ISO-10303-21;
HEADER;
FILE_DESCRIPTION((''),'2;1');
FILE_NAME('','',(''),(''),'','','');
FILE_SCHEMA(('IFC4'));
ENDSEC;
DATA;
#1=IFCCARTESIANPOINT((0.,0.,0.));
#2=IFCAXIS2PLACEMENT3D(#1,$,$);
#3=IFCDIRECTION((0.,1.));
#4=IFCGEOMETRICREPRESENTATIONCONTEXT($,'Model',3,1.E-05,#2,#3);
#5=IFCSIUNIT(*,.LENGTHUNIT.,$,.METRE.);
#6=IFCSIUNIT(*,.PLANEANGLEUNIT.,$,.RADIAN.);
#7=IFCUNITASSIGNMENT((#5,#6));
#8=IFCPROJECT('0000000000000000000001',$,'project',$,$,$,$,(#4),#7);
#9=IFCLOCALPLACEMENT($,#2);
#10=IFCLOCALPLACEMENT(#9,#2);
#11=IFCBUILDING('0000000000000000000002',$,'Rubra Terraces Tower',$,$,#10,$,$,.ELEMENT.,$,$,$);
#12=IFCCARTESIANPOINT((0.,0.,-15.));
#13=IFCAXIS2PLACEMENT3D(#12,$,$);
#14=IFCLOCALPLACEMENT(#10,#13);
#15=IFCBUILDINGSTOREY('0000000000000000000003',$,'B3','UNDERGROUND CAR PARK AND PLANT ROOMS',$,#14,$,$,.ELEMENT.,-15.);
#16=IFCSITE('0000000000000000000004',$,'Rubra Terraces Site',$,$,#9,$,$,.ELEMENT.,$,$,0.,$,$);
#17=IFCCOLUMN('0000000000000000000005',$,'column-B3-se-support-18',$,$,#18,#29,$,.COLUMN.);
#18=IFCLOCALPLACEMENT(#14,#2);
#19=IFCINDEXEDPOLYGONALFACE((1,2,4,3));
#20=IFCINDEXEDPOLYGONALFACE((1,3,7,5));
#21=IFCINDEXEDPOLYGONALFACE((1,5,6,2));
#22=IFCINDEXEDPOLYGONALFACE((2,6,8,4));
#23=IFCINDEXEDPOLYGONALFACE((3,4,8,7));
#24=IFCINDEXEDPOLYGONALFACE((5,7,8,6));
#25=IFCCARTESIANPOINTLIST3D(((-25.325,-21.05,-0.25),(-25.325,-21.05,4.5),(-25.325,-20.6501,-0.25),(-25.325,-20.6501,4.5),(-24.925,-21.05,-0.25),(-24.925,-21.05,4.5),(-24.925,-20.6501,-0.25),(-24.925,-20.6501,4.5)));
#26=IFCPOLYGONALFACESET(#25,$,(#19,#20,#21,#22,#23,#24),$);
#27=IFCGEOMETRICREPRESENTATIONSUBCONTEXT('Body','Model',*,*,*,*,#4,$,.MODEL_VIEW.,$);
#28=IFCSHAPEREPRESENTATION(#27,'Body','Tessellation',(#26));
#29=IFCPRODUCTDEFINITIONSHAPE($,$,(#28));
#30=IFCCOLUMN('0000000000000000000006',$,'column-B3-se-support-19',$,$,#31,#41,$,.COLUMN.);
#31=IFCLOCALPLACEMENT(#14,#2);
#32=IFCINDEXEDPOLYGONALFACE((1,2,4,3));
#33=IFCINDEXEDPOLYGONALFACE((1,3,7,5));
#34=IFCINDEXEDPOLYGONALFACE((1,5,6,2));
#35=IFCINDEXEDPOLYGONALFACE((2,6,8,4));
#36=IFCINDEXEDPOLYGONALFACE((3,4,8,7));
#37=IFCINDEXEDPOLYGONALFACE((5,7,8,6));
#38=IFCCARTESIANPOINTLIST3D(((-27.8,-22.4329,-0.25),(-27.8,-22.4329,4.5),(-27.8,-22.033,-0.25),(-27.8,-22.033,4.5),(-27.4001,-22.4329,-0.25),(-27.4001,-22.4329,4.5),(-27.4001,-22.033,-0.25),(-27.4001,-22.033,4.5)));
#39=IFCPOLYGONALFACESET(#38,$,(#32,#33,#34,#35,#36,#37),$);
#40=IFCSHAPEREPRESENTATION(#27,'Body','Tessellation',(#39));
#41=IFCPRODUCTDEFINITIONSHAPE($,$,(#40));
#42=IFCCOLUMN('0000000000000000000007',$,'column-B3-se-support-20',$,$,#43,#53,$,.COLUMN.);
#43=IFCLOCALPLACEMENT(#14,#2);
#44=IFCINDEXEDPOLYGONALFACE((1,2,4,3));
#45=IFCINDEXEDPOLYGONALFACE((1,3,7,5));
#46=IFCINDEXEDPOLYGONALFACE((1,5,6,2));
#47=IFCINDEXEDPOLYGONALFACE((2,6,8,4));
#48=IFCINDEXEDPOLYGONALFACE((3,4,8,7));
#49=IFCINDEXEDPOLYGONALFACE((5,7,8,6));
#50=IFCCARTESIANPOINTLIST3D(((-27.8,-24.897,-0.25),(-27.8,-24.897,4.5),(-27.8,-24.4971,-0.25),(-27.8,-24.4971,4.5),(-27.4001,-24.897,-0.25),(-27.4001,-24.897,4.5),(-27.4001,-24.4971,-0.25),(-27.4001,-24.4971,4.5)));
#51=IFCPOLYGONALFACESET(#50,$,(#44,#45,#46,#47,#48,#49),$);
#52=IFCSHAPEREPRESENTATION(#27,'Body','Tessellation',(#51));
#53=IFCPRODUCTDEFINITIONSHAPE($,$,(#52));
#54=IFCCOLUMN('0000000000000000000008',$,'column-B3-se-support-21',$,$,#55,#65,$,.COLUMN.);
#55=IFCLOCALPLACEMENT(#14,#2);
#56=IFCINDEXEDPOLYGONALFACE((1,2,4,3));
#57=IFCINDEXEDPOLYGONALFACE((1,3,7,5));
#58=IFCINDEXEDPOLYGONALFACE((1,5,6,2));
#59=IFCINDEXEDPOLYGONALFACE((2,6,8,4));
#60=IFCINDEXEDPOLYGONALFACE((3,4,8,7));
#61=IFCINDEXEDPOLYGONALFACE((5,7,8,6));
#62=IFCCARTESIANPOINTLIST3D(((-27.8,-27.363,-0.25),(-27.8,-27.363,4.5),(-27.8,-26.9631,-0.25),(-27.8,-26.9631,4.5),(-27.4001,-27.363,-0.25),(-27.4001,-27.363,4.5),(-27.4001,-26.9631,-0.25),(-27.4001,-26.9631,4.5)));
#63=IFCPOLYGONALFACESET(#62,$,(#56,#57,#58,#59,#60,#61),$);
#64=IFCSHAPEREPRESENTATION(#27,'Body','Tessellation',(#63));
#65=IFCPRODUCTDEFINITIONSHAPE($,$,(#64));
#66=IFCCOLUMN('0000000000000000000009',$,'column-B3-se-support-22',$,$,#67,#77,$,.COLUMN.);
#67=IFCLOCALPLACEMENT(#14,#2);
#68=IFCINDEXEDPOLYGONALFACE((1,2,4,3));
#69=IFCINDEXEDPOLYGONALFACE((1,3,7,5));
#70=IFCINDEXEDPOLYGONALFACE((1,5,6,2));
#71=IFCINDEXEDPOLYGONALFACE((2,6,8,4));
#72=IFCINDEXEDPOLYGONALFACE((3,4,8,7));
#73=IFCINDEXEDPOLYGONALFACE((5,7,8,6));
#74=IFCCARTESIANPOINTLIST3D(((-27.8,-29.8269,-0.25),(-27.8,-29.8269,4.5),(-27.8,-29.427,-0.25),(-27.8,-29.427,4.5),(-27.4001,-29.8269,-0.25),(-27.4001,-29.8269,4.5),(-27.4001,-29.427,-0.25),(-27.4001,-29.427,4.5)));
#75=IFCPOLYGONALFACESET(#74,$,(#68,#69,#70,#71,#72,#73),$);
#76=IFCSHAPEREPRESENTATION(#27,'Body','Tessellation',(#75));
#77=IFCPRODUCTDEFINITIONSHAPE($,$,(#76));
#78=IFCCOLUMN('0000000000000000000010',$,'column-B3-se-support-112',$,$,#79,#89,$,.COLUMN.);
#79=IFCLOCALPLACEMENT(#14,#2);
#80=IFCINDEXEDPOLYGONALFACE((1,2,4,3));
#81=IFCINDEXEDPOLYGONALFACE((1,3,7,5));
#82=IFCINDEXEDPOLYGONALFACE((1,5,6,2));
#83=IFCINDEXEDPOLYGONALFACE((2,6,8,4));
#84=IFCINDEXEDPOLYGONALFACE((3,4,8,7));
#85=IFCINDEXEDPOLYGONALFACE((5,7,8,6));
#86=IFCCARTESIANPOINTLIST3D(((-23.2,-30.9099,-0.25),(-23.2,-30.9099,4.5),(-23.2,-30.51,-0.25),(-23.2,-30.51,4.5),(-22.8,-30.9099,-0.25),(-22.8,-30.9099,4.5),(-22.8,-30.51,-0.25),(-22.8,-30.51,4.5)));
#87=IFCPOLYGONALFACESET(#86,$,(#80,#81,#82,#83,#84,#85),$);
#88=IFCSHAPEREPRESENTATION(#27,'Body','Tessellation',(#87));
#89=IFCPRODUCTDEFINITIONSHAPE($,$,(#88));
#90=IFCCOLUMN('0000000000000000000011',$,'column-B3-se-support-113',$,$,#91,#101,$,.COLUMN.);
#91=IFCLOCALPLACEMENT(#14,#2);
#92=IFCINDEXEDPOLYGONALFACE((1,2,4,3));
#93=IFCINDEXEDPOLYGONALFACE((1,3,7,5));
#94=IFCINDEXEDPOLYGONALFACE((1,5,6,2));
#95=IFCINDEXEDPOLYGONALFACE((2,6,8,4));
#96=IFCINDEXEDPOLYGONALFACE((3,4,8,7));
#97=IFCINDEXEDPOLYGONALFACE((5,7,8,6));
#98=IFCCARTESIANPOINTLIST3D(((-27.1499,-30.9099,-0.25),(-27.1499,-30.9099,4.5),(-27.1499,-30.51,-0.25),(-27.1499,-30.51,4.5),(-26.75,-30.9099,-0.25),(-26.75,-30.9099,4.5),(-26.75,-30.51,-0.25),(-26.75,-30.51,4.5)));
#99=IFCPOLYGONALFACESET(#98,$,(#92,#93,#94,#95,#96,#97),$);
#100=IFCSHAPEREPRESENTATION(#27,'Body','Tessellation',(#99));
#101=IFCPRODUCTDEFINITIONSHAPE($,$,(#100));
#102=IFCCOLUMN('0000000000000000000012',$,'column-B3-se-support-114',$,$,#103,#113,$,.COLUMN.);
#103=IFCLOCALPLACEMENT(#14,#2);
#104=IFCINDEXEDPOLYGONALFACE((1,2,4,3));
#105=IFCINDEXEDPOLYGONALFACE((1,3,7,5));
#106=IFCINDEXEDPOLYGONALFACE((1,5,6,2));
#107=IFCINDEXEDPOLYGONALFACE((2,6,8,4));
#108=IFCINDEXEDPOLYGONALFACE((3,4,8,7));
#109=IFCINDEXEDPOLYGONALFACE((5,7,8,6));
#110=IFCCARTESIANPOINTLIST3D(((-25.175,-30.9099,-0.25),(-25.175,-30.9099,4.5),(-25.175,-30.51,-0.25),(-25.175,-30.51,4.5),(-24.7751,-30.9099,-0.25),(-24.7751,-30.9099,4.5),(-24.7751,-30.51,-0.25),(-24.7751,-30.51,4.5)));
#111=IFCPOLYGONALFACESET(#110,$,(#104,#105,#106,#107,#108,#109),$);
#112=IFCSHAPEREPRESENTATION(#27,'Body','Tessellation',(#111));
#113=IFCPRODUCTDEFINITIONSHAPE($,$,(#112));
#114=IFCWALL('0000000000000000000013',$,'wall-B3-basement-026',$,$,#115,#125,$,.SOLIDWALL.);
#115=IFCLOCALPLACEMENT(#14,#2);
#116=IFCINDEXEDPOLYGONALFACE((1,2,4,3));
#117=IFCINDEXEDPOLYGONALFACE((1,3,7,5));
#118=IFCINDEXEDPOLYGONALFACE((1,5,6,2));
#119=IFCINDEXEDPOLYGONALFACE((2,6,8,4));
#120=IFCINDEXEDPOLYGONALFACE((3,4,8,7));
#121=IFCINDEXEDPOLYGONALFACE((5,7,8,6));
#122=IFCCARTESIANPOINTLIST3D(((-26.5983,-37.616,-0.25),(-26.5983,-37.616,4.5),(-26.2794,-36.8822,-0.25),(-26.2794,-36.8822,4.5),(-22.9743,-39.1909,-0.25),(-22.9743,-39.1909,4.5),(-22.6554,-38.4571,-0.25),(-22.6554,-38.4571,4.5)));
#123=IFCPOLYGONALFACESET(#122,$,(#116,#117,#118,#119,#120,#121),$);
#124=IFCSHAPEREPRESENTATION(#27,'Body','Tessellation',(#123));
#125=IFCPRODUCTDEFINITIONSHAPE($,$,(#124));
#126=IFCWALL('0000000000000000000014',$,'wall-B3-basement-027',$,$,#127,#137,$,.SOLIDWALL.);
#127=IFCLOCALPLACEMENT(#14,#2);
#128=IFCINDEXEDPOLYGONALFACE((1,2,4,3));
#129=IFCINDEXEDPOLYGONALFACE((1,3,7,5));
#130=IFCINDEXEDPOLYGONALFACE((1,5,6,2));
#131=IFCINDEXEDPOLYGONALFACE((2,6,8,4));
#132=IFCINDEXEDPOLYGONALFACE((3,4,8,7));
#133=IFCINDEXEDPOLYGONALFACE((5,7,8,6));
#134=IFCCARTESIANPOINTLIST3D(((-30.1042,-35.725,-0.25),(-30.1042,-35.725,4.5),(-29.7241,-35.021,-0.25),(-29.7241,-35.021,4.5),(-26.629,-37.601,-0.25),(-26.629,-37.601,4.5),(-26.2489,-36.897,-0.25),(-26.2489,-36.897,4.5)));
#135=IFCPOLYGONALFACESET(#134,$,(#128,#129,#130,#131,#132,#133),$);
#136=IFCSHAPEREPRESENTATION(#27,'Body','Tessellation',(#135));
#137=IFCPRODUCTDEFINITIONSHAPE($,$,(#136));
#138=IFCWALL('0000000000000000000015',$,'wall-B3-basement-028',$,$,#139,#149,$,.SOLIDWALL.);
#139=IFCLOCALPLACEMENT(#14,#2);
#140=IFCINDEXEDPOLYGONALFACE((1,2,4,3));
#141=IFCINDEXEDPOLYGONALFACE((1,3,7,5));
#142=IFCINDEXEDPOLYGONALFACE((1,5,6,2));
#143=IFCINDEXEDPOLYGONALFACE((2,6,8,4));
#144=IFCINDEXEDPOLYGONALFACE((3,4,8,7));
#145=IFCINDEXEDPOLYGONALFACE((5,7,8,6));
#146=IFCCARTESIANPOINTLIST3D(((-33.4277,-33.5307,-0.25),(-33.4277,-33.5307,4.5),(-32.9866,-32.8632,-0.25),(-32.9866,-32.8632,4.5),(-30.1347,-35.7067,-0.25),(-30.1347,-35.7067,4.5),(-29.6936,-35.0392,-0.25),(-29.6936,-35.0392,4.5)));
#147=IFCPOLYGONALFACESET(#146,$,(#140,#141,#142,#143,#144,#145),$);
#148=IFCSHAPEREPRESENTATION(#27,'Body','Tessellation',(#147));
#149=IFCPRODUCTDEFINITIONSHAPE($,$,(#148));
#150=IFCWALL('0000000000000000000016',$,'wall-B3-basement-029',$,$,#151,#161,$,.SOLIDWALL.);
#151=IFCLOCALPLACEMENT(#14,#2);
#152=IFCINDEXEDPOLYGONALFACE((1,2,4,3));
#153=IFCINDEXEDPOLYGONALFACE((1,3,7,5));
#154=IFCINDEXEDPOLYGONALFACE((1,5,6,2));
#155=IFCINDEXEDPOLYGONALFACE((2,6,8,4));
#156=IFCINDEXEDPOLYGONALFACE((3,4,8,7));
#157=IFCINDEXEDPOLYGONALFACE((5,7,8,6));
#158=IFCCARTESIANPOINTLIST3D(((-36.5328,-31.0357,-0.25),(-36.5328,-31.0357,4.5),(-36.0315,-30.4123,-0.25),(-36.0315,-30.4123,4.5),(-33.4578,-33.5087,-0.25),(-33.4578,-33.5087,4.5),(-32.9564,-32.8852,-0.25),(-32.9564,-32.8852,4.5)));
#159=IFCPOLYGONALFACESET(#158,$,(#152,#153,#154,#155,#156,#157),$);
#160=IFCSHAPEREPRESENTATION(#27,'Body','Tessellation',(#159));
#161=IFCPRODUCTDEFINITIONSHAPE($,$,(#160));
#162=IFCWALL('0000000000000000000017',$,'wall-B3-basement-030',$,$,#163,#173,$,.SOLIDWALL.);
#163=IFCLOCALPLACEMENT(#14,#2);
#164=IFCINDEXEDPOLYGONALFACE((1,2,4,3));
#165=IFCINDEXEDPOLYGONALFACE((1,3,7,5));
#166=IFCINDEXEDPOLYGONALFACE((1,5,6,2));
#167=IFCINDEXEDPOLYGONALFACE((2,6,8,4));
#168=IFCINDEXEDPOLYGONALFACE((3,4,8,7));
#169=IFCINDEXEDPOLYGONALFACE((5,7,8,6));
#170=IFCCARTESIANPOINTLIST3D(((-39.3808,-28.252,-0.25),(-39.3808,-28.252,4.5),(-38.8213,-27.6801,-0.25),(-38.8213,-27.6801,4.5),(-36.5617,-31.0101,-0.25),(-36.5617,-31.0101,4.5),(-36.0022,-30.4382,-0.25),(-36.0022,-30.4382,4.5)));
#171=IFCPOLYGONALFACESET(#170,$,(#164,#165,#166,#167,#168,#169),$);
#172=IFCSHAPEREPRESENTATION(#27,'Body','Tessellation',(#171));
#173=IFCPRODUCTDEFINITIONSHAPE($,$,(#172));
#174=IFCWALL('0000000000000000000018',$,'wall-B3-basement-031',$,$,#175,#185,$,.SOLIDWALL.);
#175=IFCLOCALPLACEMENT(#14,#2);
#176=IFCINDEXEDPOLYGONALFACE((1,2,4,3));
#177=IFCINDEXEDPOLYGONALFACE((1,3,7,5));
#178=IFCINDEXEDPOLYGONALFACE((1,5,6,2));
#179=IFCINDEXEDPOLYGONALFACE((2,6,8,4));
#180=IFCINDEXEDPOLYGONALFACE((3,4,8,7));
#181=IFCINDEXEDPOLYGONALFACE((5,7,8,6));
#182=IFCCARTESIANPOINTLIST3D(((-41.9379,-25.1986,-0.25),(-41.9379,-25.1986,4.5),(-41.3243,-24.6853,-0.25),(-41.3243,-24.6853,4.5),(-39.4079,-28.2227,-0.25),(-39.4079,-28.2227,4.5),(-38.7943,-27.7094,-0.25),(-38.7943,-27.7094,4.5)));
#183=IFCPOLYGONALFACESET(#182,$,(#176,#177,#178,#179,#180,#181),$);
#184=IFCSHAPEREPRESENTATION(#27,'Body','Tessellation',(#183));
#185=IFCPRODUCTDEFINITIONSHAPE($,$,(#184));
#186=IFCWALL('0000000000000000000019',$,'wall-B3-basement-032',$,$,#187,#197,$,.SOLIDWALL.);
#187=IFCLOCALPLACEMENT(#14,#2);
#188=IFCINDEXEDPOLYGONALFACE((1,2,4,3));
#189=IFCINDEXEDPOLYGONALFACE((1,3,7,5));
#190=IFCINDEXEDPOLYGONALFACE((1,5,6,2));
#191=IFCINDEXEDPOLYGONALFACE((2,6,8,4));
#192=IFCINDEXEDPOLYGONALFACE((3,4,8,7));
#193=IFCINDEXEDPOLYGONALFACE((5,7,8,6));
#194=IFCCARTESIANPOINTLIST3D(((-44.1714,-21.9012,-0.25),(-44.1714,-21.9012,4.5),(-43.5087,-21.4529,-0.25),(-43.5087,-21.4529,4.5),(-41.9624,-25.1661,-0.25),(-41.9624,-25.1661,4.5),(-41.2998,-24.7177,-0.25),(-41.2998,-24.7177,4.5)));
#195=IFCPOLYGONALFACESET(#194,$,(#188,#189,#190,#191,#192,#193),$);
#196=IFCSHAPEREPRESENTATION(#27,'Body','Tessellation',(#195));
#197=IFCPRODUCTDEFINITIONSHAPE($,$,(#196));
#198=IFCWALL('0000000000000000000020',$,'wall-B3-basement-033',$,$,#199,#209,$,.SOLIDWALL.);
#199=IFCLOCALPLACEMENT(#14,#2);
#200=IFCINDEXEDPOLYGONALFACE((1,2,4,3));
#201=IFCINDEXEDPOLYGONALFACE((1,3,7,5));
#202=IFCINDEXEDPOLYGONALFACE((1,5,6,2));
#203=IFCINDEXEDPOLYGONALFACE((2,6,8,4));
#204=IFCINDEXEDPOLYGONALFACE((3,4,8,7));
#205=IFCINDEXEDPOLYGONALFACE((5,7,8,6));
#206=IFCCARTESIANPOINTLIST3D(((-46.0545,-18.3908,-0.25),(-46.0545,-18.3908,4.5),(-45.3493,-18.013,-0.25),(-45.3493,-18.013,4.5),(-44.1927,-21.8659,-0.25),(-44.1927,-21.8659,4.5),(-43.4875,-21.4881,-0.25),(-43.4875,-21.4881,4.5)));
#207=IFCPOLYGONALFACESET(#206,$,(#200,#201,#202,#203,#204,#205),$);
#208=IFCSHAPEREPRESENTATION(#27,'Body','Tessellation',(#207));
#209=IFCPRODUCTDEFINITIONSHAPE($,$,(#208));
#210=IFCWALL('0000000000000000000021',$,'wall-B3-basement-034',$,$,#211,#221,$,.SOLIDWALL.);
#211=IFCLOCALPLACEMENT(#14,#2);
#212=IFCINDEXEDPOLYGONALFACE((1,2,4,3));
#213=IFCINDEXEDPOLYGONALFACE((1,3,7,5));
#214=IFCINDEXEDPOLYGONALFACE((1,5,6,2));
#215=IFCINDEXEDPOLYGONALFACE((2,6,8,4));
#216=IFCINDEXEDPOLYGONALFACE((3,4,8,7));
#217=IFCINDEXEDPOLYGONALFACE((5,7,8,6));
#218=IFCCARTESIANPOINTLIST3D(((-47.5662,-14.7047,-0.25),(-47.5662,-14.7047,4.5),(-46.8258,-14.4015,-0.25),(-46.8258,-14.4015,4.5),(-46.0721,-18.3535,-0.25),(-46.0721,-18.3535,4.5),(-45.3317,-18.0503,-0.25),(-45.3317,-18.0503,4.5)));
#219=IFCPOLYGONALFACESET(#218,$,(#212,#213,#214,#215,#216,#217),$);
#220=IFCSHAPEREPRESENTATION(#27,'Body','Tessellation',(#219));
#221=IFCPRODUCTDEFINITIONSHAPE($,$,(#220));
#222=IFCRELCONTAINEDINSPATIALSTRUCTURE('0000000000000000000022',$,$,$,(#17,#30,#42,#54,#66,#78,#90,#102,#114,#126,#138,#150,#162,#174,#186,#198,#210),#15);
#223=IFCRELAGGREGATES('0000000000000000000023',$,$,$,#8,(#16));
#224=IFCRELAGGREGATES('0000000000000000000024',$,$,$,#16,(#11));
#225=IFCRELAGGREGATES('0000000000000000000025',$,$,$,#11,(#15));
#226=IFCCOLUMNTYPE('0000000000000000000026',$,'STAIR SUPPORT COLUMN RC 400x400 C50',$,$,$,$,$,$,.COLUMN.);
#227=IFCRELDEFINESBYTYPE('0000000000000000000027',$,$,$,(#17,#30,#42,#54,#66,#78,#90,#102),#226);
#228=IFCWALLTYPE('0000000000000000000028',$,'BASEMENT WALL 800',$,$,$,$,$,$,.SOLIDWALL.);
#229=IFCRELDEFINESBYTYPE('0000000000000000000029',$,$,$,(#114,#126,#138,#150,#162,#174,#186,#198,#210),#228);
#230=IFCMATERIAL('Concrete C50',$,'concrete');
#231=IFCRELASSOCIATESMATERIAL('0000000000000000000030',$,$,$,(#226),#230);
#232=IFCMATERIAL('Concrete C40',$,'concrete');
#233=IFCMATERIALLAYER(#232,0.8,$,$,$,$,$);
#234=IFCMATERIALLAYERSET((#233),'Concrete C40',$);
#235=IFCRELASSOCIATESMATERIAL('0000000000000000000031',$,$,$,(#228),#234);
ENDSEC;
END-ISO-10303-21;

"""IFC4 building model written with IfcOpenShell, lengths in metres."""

from ifc_helpers import new_model, si_unit, direction, frame, frame_2d, origin, origin_2d, place, context, subcontext, project, spatial, rectangle, extrude, material, layer, layer_set, material_profile, profile_set, type_object, element, save


model = new_model("IFC4")

# Units and contexts
model_context = context("Model", 3, precision=1e-05, world=origin(), true_north=direction((0.0, 1.0)))
body_context = subcontext(model_context, "Body", "Model", "MODEL_VIEW")
ifc_project = project(units=[si_unit("LENGTHUNIT", "METRE"), si_unit("PLANEANGLEUNIT", "RADIAN")], contexts=[model_context])

# Site, building, storey
site_placement = place(None, origin())
site = spatial("IfcSite", under=ifc_project, at=site_placement, Name="Rubra Terraces Site", CompositionType="ELEMENT", RefElevation=0.0)
building_placement = place(site_placement, origin())
building = spatial("IfcBuilding", under=site, at=building_placement, Name="Rubra Terraces Tower", CompositionType="ELEMENT")
storey_placement = place(building_placement, frame((0.0, 0.0, -15.0)))
storey = spatial("IfcBuildingStorey", under=building, at=storey_placement, Name="B3", Description="UNDERGROUND CAR PARK AND PLANT ROOMS", CompositionType="ELEMENT", Elevation=-15.0)

# Shared definitions
ifc_material_1 = material(Name="Concrete C40", Category="concrete")

# Columns
ifc_material_2 = material(Name="Concrete C50", Category="concrete")
ifc_material_profile_1 = material_profile(ifc_material_2, rectangle(XDim=0.3999, YDim=0.3999, at=origin_2d()), Name="RC 400x400")
ifc_profile_set_1 = profile_set([ifc_material_profile_1], Name="Concrete C50")
column_type_1 = type_object("IfcColumnType", Name="STAIR SUPPORT COLUMN RC 400x400 C50", PredefinedType="COLUMN", material=ifc_profile_set_1)
for number, where, z_axis, x_axis, name in (
    (1, (-25.125, -20.8501, -0.25), (0.0, 0.0, 1.0), (1.0, 0.0, 0.0), "column-B3-se-support-18"),
    (2, (-27.6001, -22.2329, -0.25), (0.0, 0.0, 1.0), (1.0, 0.0, 0.0), "column-B3-se-support-19"),
    (3, (-27.6001, -24.697, -0.25), (0.0, 0.0, 1.0), (1.0, 0.0, 0.0), "column-B3-se-support-20"),
    (4, (-27.6001, -27.1631, -0.25), (0.0, 0.0, 1.0), (1.0, 0.0, 0.0), "column-B3-se-support-21"),
    (5, (-27.6001, -29.627, -0.25), (0.0, 0.0, 1.0), (1.0, 0.0, 0.0), "column-B3-se-support-22"),
    (6, (-23.0, -30.71, -0.25), (0.0, 0.0, 1.0), (1.0, 0.0, 0.0), "column-B3-se-support-112"),
    (7, (-26.95, -30.71, -0.25), (0.0, 0.0, 1.0), (1.0, 0.0, 0.0), "column-B3-se-support-113"),
    (8, (-24.9751, -30.71, -0.25), (0.0, 0.0, 1.0), (1.0, 0.0, 0.0), "column-B3-se-support-114"),
):
    element("IfcColumn", number, at=place(storey_placement, frame(where, z_axis=z_axis, x_axis=x_axis)), inside=storey, type_object=column_type_1, Name=name, PredefinedType="COLUMN", context=body_context, shape_type="SweptSolid", body=[
        extrude(rectangle(XDim=0.3999, YDim=0.3999, at=origin_2d()), origin(), (0.0, 0.0, 1.0), 4.75),
    ])

# Walls
ifc_layer = layer(ifc_material_1, 0.8)
ifc_layer_set = layer_set([ifc_layer], Name="Concrete C40")
wall_type = type_object("IfcWallType", Name="BASEMENT WALL 800", PredefinedType="SOLIDWALL", material=ifc_layer_set)
wall_1_placement = place(storey_placement, frame((-22.8149, -38.824, -0.25), z_axis=(0.0, 0.0, 1.0), x_axis=(-0.917136, 0.398575, 0.0)))
element("IfcWall", 9, at=wall_1_placement, inside=storey, type_object=wall_type, Name="wall-B3-basement-026", PredefinedType="SOLIDWALL", context=body_context, shape_type="SweptSolid", body=[
    extrude(rectangle(XDim=3.9514, YDim=0.8, at=frame_2d((1.9756, 0.0))), origin(), (0.0, 0.0, 1.0), 4.75),
])
wall_2_placement = place(storey_placement, frame((-26.439, -37.249, -0.25), z_axis=(0.0, 0.0, 1.0), x_axis=(-0.879966, 0.475036, 0.0)))
element("IfcWall", 10, at=wall_2_placement, inside=storey, type_object=wall_type, Name="wall-B3-basement-027", PredefinedType="SOLIDWALL", context=body_context, shape_type="SweptSolid", body=[
    extrude(rectangle(XDim=3.9492, YDim=0.8, at=frame_2d((1.9746, 0.0))), origin(), (0.0, 0.0, 1.0), 4.75),
])
wall_3_placement = place(storey_placement, frame((-29.9141, -35.373, -0.25), z_axis=(0.0, 0.0, 1.0), x_axis=(-0.834299, 0.551313, 0.0)))
element("IfcWall", 11, at=wall_3_placement, inside=storey, type_object=wall_type, Name="wall-B3-basement-028", PredefinedType="SOLIDWALL", context=body_context, shape_type="SweptSolid", body=[
    extrude(rectangle(XDim=3.947, YDim=0.8, at=frame_2d((1.9736, 0.0))), origin(), (0.0, 0.0, 1.0), 4.75),
])
wall_4_placement = place(storey_placement, frame((-33.207, -33.197, -0.25), z_axis=(0.0, 0.0, 1.0), x_axis=(-0.779267, 0.626692, 0.0)))
element("IfcWall", 12, at=wall_4_placement, inside=storey, type_object=wall_type, Name="wall-B3-basement-029", PredefinedType="SOLIDWALL", context=body_context, shape_type="SweptSolid", body=[
    extrude(rectangle(XDim=3.946, YDim=0.8, at=frame_2d((1.9731, 0.0))), origin(), (0.0, 0.0, 1.0), 4.75),
])
wall_5_placement = place(storey_placement, frame((-36.282, -30.7241, -0.25), z_axis=(0.0, 0.0, 1.0), x_axis=(-0.714802, 0.699326, 0.0)))
element("IfcWall", 13, at=wall_5_placement, inside=storey, type_object=wall_type, Name="wall-B3-basement-030", PredefinedType="SOLIDWALL", context=body_context, shape_type="SweptSolid", body=[
    extrude(rectangle(XDim=3.9438, YDim=0.8, at=frame_2d((1.9719, 0.0))), origin(), (0.0, 0.0, 1.0), 4.75),
])
wall_6_placement = place(storey_placement, frame((-39.1011, -27.9661, -0.25), z_axis=(0.0, 0.0, 1.0), x_axis=(-0.641663, 0.766987, 0.0)))
element("IfcWall", 14, at=wall_6_placement, inside=storey, type_object=wall_type, Name="wall-B3-basement-031", PredefinedType="SOLIDWALL", context=body_context, shape_type="SweptSolid", body=[
    extrude(rectangle(XDim=3.9429, YDim=0.8, at=frame_2d((1.9714, 0.0))), origin(), (0.0, 0.0, 1.0), 4.75),
])
wall_7_placement = place(storey_placement, frame((-41.6311, -24.9419, -0.25), z_axis=(0.0, 0.0, 1.0), x_axis=(-0.560376, 0.828239, 0.0)))
element("IfcWall", 15, at=wall_7_placement, inside=storey, type_object=wall_type, Name="wall-B3-basement-032", PredefinedType="SOLIDWALL", context=body_context, shape_type="SweptSolid", body=[
    extrude(rectangle(XDim=3.9419, YDim=0.8, at=frame_2d((1.9709, 0.0))), origin(), (0.0, 0.0, 1.0), 4.75),
])
wall_8_placement = place(storey_placement, frame((-43.8401, -21.677, -0.25), z_axis=(0.0, 0.0, 1.0), x_axis=(-0.472252, 0.881463, 0.0)))
element("IfcWall", 16, at=wall_8_placement, inside=storey, type_object=wall_type, Name="wall-B3-basement-033", PredefinedType="SOLIDWALL", context=body_context, shape_type="SweptSolid", body=[
    extrude(rectangle(XDim=3.9424, YDim=0.8, at=frame_2d((1.9712, 0.0))), origin(), (0.0, 0.0, 1.0), 4.75),
])
wall_9_placement = place(storey_placement, frame((-45.7019, -18.2019, -0.25), z_axis=(0.0, 0.0, 1.0), x_axis=(-0.378937, 0.925423, 0.0)))
element("IfcWall", 17, at=wall_9_placement, inside=storey, type_object=wall_type, Name="wall-B3-basement-034", PredefinedType="SOLIDWALL", context=body_context, shape_type="SweptSolid", body=[
    extrude(rectangle(XDim=3.9429, YDim=0.8, at=frame_2d((1.9714, 0.0))), origin(), (0.0, 0.0, 1.0), 4.75),
])

save(model, "model.ifc")
